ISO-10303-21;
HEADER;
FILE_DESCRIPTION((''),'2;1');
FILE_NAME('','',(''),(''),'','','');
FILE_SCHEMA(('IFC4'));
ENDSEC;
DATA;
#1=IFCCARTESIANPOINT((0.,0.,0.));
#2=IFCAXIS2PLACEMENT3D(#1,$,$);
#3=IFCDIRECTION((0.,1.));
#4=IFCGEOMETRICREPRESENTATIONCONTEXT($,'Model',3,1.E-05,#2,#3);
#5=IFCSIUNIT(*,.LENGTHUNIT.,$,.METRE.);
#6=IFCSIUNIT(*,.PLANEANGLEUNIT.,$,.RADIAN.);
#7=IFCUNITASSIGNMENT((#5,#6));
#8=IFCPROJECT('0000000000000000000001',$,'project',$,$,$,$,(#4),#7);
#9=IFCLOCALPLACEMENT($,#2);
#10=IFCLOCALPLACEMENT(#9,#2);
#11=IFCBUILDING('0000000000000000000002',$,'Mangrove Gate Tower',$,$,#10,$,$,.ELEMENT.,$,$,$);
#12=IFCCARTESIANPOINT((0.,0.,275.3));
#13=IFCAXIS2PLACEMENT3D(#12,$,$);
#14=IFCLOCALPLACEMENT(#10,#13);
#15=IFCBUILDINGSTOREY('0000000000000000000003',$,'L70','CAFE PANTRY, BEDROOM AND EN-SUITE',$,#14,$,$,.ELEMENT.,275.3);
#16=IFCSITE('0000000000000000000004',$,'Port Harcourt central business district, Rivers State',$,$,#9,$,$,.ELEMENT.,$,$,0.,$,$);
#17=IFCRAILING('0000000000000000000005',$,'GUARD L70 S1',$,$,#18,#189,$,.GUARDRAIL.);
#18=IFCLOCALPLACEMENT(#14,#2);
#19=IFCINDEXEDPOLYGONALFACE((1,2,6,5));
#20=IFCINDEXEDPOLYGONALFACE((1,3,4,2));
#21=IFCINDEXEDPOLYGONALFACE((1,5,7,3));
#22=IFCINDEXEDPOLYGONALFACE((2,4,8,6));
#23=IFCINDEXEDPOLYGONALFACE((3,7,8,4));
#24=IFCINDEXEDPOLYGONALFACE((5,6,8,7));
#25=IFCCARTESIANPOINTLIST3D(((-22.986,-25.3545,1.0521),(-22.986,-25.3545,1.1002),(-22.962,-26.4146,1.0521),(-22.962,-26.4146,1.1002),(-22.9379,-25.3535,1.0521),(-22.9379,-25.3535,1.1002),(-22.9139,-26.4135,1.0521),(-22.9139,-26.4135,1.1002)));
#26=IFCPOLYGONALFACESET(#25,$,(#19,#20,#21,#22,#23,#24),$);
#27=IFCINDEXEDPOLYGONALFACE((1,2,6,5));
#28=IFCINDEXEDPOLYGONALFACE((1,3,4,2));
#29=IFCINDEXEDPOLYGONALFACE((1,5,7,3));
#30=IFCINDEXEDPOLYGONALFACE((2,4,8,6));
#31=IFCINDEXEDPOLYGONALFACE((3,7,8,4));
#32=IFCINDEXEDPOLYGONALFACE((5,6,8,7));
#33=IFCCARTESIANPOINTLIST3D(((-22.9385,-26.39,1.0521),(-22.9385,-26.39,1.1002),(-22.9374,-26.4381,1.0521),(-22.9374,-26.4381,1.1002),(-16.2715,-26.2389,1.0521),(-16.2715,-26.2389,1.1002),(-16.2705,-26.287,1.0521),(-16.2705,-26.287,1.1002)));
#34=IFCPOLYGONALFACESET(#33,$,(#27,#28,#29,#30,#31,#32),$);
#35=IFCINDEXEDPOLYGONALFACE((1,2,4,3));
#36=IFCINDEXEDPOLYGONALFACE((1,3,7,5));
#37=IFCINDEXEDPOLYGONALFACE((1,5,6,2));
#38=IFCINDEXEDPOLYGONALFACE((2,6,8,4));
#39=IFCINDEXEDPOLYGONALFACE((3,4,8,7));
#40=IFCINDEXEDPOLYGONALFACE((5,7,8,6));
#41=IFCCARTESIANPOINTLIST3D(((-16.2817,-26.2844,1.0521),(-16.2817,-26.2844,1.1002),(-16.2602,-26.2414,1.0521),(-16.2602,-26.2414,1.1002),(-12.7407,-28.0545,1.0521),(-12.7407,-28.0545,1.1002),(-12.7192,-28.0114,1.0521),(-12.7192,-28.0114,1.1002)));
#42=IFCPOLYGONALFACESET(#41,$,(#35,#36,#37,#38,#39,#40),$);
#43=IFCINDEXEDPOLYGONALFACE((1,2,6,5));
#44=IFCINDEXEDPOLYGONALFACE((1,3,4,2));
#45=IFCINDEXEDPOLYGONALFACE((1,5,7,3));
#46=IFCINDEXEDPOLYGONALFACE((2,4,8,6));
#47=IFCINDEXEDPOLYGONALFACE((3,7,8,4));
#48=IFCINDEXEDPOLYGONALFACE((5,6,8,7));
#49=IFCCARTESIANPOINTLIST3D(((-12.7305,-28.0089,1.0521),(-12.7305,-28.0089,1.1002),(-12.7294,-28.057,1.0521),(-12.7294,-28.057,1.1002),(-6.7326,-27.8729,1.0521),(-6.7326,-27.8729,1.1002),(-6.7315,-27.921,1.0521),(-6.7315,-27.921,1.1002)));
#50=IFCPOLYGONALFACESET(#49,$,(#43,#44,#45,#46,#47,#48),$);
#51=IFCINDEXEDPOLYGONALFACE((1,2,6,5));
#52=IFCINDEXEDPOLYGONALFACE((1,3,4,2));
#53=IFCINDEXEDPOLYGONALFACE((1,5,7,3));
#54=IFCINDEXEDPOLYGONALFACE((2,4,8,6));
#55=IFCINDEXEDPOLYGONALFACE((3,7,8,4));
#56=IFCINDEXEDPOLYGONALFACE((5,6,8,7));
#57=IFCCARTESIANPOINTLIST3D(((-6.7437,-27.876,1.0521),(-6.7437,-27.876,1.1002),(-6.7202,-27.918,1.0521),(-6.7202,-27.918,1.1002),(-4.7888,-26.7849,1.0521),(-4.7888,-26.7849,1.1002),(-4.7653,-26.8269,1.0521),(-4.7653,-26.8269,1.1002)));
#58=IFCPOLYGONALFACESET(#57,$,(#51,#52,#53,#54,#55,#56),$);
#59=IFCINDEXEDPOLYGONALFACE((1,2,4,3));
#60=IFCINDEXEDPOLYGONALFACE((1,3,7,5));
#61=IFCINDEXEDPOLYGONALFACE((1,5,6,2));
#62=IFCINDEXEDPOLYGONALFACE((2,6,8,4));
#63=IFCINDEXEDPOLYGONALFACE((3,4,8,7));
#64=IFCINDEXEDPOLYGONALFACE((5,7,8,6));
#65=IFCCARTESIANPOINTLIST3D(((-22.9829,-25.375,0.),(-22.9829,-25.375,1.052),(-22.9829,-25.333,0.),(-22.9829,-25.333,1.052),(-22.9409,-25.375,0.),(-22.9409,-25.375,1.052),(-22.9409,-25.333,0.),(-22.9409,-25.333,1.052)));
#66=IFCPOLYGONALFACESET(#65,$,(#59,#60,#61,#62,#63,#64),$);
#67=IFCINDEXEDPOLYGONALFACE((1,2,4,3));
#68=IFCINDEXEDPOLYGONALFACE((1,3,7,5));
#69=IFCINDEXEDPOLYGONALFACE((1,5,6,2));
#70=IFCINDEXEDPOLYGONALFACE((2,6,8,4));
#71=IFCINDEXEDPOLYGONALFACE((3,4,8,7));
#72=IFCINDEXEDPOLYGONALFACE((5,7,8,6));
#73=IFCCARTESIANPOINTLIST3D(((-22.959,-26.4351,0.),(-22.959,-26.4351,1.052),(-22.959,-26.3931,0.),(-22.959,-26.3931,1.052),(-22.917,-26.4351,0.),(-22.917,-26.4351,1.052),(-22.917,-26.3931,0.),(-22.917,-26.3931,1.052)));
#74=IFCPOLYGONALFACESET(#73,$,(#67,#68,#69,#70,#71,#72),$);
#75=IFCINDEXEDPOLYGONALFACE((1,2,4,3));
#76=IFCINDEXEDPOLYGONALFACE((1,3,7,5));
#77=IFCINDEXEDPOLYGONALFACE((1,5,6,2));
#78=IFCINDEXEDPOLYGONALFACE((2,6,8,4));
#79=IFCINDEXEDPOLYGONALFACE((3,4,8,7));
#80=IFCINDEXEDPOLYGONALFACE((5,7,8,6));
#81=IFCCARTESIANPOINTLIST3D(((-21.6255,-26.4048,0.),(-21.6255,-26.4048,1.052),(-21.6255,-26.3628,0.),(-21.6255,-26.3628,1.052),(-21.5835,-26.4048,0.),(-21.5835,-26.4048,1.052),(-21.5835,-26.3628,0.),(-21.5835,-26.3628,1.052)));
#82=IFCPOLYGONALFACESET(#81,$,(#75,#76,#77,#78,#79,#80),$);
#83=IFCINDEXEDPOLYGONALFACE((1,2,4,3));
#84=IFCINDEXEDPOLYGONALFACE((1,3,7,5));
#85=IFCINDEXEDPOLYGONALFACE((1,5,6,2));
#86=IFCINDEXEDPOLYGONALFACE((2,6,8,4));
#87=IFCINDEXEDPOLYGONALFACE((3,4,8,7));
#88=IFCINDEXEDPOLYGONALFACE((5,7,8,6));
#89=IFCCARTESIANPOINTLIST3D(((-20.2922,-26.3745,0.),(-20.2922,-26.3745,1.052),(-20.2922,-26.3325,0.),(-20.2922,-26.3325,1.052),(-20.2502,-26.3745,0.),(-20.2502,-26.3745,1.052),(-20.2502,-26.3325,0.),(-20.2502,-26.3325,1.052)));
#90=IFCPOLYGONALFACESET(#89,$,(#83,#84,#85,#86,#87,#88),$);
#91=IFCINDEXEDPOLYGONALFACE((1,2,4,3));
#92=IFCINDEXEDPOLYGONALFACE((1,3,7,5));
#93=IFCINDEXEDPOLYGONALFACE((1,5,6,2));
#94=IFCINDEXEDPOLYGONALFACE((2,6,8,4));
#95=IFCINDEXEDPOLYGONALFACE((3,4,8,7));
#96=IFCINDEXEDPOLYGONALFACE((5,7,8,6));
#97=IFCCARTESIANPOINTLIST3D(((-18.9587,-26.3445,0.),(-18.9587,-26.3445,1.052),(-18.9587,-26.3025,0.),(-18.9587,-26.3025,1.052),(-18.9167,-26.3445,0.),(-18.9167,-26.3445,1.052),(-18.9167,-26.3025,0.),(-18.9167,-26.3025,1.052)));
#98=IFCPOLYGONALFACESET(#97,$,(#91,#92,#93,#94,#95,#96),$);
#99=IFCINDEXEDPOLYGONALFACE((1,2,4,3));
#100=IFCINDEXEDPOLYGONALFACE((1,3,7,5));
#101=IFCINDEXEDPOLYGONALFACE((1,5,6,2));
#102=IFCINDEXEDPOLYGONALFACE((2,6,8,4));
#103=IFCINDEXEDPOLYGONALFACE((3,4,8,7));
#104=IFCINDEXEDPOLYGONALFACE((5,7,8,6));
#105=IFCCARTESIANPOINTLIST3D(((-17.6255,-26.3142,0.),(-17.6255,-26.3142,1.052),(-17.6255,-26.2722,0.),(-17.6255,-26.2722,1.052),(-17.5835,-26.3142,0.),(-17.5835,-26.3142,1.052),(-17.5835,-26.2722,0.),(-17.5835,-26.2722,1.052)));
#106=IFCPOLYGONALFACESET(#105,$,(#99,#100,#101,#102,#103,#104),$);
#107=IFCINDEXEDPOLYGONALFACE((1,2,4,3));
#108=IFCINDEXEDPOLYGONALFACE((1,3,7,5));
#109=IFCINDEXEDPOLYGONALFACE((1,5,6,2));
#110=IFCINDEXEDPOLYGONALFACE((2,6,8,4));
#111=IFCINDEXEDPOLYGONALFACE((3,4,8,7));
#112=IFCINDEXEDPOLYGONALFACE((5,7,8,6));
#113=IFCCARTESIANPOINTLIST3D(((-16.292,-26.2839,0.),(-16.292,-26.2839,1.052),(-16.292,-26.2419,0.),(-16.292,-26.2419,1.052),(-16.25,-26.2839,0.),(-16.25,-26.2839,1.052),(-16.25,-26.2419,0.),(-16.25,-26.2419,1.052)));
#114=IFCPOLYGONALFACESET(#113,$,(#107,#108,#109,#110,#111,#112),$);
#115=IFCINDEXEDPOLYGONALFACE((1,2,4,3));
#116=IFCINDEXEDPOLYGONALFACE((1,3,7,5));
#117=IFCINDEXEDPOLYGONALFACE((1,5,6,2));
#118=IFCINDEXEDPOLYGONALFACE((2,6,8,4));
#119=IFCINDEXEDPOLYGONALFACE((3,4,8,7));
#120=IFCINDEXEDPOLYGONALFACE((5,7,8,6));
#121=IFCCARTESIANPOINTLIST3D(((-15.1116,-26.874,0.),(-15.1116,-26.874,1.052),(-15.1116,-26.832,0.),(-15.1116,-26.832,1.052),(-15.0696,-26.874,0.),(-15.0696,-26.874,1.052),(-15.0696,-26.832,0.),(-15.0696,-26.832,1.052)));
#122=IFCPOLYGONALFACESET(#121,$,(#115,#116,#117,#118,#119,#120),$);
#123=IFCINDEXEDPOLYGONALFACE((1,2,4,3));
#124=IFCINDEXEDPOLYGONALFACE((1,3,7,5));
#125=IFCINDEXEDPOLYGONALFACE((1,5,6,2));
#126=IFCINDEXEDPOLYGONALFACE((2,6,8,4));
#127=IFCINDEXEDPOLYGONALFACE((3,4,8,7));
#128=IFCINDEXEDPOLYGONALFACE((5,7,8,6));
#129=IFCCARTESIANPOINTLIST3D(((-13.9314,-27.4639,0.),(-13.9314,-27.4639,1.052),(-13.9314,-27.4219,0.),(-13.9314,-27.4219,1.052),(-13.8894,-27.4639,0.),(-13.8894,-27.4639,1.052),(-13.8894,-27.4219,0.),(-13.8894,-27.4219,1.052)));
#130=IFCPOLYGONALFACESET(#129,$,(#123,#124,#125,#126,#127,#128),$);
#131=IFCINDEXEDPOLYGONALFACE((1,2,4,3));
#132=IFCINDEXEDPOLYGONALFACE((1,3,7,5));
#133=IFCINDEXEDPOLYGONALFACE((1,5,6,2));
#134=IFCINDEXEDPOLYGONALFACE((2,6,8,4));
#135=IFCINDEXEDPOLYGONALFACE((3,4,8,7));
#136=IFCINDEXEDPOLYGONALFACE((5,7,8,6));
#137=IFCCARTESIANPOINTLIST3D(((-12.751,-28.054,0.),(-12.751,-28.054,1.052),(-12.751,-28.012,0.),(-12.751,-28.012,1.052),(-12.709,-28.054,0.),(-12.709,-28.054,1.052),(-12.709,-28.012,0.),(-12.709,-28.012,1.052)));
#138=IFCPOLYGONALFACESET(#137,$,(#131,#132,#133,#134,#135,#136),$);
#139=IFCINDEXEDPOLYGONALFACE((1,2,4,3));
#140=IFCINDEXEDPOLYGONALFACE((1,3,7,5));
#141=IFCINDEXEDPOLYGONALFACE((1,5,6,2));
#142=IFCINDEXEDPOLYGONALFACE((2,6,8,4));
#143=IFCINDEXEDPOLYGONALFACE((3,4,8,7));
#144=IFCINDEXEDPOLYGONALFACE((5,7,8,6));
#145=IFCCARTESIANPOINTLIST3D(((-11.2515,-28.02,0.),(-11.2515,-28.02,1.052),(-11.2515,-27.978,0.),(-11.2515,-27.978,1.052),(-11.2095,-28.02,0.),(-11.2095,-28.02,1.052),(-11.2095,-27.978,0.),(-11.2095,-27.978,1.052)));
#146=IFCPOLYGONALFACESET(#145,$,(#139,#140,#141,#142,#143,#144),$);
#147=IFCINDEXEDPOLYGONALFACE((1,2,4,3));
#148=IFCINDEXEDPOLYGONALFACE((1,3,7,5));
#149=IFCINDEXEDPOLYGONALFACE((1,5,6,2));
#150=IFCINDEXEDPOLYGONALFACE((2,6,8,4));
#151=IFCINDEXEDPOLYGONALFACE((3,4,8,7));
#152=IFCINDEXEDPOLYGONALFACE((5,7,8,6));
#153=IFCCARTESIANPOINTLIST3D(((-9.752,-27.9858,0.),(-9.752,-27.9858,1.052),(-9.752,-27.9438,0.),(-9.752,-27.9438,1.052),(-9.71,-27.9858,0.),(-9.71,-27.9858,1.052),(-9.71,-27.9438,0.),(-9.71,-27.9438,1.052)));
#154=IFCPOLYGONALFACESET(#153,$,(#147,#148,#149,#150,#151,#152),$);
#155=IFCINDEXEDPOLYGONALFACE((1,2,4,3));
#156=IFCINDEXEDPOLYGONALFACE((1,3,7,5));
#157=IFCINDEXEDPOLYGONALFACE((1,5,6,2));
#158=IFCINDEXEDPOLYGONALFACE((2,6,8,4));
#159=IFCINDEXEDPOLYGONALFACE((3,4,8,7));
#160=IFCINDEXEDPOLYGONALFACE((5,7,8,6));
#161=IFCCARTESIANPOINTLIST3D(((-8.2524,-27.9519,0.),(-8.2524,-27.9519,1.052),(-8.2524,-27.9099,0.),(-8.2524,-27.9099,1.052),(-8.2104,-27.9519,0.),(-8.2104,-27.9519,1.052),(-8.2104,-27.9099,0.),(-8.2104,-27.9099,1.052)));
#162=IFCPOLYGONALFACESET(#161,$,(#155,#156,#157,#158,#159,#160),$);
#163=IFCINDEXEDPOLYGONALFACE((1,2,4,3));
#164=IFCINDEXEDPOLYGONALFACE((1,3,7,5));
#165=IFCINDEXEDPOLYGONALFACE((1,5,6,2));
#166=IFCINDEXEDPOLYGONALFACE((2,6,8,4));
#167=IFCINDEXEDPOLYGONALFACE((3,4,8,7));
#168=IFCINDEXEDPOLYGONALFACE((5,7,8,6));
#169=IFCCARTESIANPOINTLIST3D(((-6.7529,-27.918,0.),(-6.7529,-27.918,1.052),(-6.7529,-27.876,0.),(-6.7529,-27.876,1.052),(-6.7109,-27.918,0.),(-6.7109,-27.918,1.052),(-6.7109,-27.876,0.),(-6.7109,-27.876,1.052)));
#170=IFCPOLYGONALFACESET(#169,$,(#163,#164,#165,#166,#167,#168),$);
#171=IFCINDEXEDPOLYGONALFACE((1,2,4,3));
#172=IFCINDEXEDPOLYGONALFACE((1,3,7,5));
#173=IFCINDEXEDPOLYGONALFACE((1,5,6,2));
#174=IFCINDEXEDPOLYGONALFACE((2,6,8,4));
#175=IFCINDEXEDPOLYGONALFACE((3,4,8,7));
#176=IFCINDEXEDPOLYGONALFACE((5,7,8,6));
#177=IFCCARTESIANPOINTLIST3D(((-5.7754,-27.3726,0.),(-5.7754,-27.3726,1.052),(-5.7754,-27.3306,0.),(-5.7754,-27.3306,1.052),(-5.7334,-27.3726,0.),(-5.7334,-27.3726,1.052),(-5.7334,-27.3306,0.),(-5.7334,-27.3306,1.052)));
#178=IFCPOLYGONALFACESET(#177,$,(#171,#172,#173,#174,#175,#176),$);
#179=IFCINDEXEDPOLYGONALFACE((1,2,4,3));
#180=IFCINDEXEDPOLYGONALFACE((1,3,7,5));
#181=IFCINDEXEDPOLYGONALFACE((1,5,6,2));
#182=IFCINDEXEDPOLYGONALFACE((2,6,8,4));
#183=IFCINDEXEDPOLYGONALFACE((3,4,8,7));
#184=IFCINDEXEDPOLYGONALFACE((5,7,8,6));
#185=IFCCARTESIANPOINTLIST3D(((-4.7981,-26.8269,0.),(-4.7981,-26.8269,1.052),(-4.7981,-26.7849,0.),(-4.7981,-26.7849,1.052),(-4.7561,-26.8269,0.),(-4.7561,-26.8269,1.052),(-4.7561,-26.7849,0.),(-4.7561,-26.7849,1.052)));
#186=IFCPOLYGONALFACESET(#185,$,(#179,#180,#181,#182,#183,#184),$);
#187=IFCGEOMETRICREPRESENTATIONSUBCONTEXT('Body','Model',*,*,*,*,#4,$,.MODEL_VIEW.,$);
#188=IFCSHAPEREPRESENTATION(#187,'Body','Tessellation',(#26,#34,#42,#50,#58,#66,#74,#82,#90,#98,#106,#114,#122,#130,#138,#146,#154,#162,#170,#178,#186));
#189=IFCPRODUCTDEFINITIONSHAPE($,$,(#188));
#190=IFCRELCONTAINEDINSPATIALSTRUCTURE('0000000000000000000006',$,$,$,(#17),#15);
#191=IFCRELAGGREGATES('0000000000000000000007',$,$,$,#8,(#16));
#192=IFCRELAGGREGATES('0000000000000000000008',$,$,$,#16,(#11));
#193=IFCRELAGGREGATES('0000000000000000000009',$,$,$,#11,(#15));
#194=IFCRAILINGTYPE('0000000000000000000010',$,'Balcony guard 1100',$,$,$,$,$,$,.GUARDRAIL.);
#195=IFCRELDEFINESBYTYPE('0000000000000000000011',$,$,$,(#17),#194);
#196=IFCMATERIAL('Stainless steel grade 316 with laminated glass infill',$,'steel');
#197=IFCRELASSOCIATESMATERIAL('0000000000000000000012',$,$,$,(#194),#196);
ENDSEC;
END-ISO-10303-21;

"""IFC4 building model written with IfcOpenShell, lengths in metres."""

from ifc_helpers import new_model, si_unit, direction, frame, origin, origin_2d, place, context, subcontext, project, spatial, rectangle, extrude, material, type_object, element, save


model = new_model("IFC4")

# Units and contexts
model_context = context("Model", 3, precision=1e-05, world=origin(), true_north=direction((0.0, 1.0)))
body_context = subcontext(model_context, "Body", "Model", "MODEL_VIEW")
ifc_project = project(units=[si_unit("LENGTHUNIT", "METRE"), si_unit("PLANEANGLEUNIT", "RADIAN")], contexts=[model_context])

# Site, building, storey
site_placement = place(None, origin())
site = spatial("IfcSite", under=ifc_project, at=site_placement, Name="Port Harcourt central business district, Rivers State", CompositionType="ELEMENT", RefElevation=0.0)
building_placement = place(site_placement, origin())
building = spatial("IfcBuilding", under=site, at=building_placement, Name="Mangrove Gate Tower", CompositionType="ELEMENT")
storey_placement = place(building_placement, frame((0.0, 0.0, 275.3)))
storey = spatial("IfcBuildingStorey", under=building, at=storey_placement, Name="L70", Description="CAFE PANTRY, BEDROOM AND EN-SUITE", CompositionType="ELEMENT", Elevation=275.3)

# Railing
ifc_material_1 = material(Name="Stainless steel grade 316 with laminated glass infill", Category="steel")
railing_type = type_object("IfcRailingType", Name="Balcony guard 1100", PredefinedType="GUARDRAIL", material=ifc_material_1)
railing_1_placement = place(storey_placement, frame((-22.9619, -25.354, 0.0)))
element("IfcRailing", 1, at=railing_1_placement, inside=storey, type_object=railing_type, Name="GUARD L70 S1", PredefinedType="GUARDRAIL", context=body_context, shape_type="SweptSolid", body=[
    extrude(rectangle(XDim=0.0481, YDim=0.0481, at=origin_2d()), frame((0.0, 0.0, 1.0762), z_axis=(0.022564, -0.999745, 0.0), x_axis=(0.999745, 0.022564, 0.0)), (0.0, 0.0, 1.0), 1.0603),
    extrude(rectangle(XDim=0.0481, YDim=0.0481, at=origin_2d()), frame((0.0239, -1.0601, 1.0762), z_axis=(0.999743, 0.022662, 0.0), x_axis=(-0.022662, 0.999743, 0.0)), (0.0, 0.0, 1.0), 6.6687),
    extrude(rectangle(XDim=0.0481, YDim=0.0481, at=origin_2d()), frame((6.6909, -0.9089, 1.0762), z_axis=(0.894477, -0.447115, 0.0), x_axis=(0.447115, 0.894477, 0.0)), (0.0, 0.0, 1.0), 3.9587),
    extrude(rectangle(XDim=0.0481, YDim=0.0481, at=origin_2d()), frame((10.2319, -2.679, 1.0762), z_axis=(0.999743, 0.022666, 0.0), x_axis=(-0.022666, 0.999743, 0.0)), (0.0, 0.0, 1.0), 5.9995),
    extrude(rectangle(XDim=0.0481, YDim=0.0481, at=origin_2d()), frame((16.23, -2.543, 1.0762), z_axis=(0.873199, 0.487364, 0.0), x_axis=(-0.487364, 0.873199, 0.0)), (0.0, 0.0, 1.0), 2.2388),
    extrude(rectangle(XDim=0.042, YDim=0.042, at=origin_2d()), origin(), (0.0, 0.0, 1.0), 1.052),
    extrude(rectangle(XDim=0.042, YDim=0.042, at=origin_2d()), frame((0.0239, -1.0601, 0.0)), (0.0, 0.0, 1.0), 1.052),
    extrude(rectangle(XDim=0.042, YDim=0.042, at=origin_2d()), frame((1.3574, -1.0298, 0.0)), (0.0, 0.0, 1.0), 1.052),
    extrude(rectangle(XDim=0.042, YDim=0.042, at=origin_2d()), frame((2.6907, -0.9995, 0.0)), (0.0, 0.0, 1.0), 1.052),
    extrude(rectangle(XDim=0.042, YDim=0.042, at=origin_2d()), frame((4.0242, -0.9695, 0.0)), (0.0, 0.0, 1.0), 1.052),
    extrude(rectangle(XDim=0.042, YDim=0.042, at=origin_2d()), frame((5.3574, -0.9392, 0.0)), (0.0, 0.0, 1.0), 1.052),
    extrude(rectangle(XDim=0.042, YDim=0.042, at=origin_2d()), frame((6.6909, -0.9089, 0.0)), (0.0, 0.0, 1.0), 1.052),
    extrude(rectangle(XDim=0.042, YDim=0.042, at=origin_2d()), frame((7.8713, -1.499, 0.0)), (0.0, 0.0, 1.0), 1.052),
    extrude(rectangle(XDim=0.042, YDim=0.042, at=origin_2d()), frame((9.0515, -2.0889, 0.0)), (0.0, 0.0, 1.0), 1.052),
    extrude(rectangle(XDim=0.042, YDim=0.042, at=origin_2d()), frame((10.2319, -2.679, 0.0)), (0.0, 0.0, 1.0), 1.052),
    extrude(rectangle(XDim=0.042, YDim=0.042, at=origin_2d()), frame((11.7314, -2.645, 0.0)), (0.0, 0.0, 1.0), 1.052),
    extrude(rectangle(XDim=0.042, YDim=0.042, at=origin_2d()), frame((13.231, -2.6108, 0.0)), (0.0, 0.0, 1.0), 1.052),
    extrude(rectangle(XDim=0.042, YDim=0.042, at=origin_2d()), frame((14.7305, -2.5769, 0.0)), (0.0, 0.0, 1.0), 1.052),
    extrude(rectangle(XDim=0.042, YDim=0.042, at=origin_2d()), frame((16.23, -2.543, 0.0)), (0.0, 0.0, 1.0), 1.052),
    extrude(rectangle(XDim=0.042, YDim=0.042, at=origin_2d()), frame((17.2075, -1.9976, 0.0)), (0.0, 0.0, 1.0), 1.052),
    extrude(rectangle(XDim=0.042, YDim=0.042, at=origin_2d()), frame((18.1848, -1.4519, 0.0)), (0.0, 0.0, 1.0), 1.052),
])

save(model, "model.ifc")
